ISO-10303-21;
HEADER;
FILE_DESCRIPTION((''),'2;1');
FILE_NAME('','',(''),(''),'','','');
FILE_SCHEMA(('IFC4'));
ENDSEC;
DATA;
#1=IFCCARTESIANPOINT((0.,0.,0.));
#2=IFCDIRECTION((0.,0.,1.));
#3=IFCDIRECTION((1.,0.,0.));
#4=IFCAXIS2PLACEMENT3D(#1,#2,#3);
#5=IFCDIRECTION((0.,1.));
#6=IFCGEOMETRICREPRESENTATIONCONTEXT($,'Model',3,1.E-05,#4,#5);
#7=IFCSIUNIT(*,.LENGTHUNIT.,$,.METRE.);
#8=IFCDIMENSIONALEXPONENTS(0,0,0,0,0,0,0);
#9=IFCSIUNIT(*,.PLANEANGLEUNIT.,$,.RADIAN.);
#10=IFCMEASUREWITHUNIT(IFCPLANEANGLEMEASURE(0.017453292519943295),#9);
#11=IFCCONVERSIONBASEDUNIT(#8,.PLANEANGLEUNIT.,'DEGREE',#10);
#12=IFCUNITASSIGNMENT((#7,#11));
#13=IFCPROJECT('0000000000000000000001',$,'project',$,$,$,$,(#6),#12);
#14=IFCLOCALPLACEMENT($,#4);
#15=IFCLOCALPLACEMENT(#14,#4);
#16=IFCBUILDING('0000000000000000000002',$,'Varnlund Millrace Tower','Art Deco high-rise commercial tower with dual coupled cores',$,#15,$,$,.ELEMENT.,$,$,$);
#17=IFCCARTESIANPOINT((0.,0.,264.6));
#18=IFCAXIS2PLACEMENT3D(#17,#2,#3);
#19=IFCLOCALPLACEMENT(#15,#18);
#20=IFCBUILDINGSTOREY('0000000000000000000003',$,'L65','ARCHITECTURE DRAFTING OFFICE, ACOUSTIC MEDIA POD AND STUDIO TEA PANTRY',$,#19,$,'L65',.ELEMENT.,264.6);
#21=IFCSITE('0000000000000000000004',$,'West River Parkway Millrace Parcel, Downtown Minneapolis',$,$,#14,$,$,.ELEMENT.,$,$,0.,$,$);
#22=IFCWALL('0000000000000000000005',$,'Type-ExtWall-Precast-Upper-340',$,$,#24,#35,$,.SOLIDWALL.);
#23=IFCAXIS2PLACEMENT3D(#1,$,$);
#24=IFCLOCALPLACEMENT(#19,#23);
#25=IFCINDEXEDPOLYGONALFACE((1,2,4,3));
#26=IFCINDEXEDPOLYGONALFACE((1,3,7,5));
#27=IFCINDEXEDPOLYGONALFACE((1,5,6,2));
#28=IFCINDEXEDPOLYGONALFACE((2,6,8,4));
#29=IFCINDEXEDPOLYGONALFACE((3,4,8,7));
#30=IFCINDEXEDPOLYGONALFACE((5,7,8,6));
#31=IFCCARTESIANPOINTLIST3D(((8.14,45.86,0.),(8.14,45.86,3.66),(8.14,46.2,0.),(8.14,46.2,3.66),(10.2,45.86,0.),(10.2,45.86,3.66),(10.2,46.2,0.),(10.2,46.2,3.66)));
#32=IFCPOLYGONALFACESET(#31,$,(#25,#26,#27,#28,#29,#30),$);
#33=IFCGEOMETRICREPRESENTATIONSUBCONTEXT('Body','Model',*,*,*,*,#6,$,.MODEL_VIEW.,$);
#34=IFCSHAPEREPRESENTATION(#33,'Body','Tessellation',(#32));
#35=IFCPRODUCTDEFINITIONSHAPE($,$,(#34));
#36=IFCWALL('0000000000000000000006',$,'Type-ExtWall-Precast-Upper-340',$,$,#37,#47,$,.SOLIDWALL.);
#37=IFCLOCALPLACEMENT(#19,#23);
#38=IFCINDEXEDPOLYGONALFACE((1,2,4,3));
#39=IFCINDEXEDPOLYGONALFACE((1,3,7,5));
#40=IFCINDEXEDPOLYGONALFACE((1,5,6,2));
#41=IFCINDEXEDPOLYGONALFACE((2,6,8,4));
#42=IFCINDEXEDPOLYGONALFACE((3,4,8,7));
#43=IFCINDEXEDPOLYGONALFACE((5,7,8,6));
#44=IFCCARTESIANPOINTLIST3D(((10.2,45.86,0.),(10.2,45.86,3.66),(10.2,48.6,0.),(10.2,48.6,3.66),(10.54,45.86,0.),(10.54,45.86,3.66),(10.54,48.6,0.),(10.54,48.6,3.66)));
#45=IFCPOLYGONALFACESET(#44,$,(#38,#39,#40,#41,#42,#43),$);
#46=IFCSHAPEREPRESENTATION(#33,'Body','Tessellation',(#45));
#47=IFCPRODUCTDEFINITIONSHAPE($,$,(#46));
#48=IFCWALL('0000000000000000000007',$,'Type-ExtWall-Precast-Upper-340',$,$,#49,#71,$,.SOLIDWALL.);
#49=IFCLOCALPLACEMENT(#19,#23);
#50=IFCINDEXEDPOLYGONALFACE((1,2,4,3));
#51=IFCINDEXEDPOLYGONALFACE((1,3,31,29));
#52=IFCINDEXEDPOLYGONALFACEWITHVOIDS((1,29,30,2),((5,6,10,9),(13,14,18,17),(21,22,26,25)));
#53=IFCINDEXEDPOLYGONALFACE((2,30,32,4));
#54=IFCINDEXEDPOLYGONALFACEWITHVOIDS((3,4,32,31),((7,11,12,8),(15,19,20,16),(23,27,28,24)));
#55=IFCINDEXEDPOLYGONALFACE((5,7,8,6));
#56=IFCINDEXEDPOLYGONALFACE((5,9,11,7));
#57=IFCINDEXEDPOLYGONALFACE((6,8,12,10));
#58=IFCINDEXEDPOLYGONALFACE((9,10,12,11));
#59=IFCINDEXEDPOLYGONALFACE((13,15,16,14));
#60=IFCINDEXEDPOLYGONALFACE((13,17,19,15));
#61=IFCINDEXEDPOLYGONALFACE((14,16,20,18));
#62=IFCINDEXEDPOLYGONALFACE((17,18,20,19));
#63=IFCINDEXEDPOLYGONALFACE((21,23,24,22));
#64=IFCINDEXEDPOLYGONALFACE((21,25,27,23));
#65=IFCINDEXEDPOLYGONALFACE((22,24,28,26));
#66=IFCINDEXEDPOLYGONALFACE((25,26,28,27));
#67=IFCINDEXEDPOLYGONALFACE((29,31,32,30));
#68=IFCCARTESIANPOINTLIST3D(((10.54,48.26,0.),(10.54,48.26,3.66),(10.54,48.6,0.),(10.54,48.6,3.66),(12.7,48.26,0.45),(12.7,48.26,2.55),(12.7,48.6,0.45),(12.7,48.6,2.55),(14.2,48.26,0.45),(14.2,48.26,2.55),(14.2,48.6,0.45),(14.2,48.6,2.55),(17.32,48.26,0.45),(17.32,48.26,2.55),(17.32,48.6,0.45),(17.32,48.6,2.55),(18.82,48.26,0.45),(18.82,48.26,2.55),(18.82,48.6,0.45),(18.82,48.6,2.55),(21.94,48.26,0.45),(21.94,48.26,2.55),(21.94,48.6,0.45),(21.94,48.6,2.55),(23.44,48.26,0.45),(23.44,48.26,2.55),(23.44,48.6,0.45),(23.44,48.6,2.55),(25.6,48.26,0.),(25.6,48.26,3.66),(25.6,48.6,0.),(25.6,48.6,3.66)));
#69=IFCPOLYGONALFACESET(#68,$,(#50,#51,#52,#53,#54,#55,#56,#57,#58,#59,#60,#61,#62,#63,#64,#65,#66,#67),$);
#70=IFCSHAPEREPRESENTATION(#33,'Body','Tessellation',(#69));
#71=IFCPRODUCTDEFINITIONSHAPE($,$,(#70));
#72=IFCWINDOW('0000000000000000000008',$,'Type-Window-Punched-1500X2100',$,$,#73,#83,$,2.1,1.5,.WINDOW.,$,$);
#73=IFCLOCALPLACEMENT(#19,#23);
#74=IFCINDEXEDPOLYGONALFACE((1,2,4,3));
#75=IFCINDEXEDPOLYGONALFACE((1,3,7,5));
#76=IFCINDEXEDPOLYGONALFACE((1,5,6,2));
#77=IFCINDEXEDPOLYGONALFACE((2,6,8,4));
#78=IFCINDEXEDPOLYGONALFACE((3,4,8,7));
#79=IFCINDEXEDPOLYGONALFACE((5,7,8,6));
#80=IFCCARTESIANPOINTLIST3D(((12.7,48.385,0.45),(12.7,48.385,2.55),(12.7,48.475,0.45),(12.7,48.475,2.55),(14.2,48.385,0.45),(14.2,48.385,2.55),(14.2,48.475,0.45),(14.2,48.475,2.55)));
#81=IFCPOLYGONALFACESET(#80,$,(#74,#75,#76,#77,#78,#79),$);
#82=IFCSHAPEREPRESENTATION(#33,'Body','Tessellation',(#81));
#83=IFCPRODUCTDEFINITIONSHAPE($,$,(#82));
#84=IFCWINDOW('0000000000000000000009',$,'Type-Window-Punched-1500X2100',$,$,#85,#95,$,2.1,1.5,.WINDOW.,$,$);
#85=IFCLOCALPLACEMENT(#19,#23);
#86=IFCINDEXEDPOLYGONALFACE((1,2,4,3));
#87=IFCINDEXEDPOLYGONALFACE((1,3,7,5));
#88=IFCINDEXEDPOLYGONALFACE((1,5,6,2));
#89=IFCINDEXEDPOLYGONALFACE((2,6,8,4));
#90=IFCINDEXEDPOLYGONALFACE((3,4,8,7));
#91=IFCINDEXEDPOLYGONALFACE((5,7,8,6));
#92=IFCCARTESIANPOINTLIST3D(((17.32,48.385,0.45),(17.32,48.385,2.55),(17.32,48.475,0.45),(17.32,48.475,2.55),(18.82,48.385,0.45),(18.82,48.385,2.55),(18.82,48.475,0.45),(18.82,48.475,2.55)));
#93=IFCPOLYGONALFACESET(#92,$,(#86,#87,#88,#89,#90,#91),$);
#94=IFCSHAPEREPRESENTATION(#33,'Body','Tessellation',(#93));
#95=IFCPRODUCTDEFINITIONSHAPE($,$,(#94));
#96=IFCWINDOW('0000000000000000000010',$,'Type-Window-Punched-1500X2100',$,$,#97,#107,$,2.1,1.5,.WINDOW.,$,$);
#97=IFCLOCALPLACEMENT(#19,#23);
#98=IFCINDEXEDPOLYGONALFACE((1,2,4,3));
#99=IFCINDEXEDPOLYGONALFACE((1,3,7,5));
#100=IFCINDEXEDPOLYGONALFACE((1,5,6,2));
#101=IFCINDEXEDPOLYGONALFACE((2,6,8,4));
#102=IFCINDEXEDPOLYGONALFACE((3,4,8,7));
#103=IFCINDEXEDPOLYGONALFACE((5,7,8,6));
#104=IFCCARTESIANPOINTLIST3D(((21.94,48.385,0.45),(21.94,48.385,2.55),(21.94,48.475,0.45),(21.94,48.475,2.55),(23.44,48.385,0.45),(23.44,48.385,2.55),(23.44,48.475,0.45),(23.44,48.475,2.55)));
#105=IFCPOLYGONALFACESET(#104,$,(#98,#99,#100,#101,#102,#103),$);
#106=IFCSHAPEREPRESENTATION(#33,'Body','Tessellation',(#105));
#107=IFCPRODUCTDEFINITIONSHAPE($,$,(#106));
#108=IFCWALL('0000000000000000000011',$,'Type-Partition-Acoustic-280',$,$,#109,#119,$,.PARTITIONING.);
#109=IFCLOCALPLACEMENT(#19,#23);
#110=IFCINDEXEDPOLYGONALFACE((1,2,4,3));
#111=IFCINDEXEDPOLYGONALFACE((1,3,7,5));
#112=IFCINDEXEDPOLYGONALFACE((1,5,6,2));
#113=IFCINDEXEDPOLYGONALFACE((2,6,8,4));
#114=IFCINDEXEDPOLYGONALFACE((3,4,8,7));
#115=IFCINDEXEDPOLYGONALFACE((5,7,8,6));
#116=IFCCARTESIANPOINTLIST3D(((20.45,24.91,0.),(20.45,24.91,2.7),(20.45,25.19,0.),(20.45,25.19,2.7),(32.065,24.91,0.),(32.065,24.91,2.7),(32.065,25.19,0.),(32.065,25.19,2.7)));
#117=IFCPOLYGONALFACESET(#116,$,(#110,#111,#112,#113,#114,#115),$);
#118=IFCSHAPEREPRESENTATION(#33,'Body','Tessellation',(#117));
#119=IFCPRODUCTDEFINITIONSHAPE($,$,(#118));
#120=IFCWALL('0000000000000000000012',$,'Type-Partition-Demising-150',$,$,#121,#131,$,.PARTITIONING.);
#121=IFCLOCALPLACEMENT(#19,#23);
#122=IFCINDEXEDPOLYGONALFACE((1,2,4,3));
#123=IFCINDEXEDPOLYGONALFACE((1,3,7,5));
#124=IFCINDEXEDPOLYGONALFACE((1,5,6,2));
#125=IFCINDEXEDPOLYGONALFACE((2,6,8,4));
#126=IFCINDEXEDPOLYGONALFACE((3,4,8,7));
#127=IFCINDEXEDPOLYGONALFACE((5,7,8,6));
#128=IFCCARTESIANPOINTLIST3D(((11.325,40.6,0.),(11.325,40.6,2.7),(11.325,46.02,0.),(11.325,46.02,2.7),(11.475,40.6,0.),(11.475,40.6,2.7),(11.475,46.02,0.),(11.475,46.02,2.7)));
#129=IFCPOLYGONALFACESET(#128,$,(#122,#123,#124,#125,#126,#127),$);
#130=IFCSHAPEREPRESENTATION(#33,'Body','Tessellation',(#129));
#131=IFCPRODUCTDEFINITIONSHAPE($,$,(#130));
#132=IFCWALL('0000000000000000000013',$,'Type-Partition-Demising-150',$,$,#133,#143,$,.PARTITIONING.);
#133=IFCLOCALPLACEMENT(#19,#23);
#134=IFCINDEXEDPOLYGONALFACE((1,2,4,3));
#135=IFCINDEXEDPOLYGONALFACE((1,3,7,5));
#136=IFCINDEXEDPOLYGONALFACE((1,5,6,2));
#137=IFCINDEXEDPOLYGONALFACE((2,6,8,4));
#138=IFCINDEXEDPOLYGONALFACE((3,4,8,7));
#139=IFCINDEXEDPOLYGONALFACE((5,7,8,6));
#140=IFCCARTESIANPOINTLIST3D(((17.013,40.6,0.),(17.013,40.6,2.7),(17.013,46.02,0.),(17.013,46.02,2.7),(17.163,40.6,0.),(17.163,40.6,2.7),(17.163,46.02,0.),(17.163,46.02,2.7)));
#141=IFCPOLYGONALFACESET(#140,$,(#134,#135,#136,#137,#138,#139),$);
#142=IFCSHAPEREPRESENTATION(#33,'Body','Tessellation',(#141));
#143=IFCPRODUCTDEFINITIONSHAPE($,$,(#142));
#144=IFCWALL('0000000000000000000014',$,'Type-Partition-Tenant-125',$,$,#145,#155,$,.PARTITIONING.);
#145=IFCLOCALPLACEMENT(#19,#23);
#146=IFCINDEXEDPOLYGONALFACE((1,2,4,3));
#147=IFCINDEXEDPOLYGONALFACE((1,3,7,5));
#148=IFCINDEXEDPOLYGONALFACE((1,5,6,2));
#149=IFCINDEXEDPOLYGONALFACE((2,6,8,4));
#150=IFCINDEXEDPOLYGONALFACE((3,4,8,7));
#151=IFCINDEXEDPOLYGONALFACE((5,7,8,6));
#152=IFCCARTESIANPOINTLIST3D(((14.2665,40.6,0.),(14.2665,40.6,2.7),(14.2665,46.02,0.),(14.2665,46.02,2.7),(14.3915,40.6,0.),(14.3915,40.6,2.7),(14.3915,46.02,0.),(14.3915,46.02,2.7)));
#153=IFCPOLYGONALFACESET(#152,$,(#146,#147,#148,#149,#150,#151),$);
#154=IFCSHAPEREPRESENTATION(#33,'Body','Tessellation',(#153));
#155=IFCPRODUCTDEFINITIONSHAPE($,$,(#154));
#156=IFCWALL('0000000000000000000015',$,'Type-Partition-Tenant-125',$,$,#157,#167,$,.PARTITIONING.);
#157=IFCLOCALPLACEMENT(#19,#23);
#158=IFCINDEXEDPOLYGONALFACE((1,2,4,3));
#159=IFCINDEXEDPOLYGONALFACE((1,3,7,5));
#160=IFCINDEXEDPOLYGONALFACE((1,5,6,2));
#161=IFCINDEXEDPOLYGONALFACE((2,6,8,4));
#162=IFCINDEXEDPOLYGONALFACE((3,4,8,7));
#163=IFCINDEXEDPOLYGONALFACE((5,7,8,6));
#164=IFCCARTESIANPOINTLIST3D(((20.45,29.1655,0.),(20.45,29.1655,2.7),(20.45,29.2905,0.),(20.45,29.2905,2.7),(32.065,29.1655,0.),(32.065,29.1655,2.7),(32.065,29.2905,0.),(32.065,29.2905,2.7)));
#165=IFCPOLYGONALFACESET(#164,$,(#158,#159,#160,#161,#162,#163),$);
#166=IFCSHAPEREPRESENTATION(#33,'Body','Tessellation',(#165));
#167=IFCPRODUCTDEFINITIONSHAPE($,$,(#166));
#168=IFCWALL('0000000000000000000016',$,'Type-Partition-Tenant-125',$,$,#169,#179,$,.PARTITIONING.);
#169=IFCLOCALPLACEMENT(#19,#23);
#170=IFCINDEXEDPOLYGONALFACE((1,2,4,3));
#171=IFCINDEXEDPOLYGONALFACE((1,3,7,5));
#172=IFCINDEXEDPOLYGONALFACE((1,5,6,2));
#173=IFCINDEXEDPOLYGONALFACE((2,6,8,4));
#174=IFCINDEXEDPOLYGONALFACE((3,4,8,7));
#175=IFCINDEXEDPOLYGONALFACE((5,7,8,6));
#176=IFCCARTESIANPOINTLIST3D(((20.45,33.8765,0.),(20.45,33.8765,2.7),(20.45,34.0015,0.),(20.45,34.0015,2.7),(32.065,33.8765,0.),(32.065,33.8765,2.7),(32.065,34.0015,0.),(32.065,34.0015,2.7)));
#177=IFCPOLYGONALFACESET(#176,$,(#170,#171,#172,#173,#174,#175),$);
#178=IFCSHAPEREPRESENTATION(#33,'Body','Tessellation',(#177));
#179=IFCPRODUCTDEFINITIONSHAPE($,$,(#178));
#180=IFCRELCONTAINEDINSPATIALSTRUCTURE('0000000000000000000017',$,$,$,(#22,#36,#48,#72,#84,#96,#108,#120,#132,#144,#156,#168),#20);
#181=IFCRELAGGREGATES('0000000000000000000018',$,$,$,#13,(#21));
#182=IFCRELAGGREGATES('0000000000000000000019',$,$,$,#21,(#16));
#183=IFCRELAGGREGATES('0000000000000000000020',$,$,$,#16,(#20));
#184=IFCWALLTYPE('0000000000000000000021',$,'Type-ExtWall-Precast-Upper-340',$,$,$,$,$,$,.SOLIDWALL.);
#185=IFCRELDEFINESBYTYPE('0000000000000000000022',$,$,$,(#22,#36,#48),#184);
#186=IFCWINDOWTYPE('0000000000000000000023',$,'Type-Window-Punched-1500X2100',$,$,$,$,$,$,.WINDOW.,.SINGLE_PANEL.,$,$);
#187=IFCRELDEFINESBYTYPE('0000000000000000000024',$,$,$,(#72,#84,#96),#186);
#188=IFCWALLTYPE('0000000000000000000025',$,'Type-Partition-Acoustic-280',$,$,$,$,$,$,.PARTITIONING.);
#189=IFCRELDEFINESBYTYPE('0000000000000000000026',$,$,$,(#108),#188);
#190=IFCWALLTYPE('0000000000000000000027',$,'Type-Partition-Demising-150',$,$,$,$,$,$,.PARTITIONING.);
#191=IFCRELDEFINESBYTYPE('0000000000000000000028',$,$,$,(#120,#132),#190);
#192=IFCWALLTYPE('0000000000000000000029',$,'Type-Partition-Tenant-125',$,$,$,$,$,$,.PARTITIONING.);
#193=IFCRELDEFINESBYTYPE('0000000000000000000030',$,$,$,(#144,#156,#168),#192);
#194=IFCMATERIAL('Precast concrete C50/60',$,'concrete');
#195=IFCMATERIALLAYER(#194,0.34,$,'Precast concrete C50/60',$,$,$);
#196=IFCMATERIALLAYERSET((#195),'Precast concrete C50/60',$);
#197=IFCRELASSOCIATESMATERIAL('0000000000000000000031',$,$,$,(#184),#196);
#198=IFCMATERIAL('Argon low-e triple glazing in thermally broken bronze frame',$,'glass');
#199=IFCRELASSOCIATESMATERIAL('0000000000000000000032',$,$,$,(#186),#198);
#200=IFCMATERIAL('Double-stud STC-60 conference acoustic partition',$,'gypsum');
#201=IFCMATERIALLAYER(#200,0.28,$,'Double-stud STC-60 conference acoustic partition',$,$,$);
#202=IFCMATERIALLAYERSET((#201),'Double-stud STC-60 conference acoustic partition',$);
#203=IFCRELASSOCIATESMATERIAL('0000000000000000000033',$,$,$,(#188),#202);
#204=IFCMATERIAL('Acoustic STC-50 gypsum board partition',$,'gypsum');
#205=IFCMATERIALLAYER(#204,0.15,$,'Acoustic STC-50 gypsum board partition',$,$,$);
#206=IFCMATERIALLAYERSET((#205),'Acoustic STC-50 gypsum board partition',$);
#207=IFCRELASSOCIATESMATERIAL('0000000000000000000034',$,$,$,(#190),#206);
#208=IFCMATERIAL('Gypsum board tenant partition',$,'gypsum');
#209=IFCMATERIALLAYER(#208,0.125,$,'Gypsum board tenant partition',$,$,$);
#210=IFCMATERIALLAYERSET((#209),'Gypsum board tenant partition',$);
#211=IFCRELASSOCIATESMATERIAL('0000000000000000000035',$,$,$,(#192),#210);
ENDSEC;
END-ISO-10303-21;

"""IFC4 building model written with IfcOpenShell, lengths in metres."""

from ifc_helpers import new_model, entity, si_unit, converted_unit, direction, frame, origin_with_axes, origin_2d_with_axis, place, context, subcontext, project, spatial, polyline, rectangle, outline, extrude, material, layer, layer_set, type_object, element, fill, save


model = new_model("IFC4")

# Units and contexts
model_context = context("Model", 3, precision=1e-05, world=origin_with_axes(), true_north=direction((0.0, 1.0)))
body_context = subcontext(model_context, "Body", "Model", "MODEL_VIEW")
ifc_project = project(units=[si_unit("LENGTHUNIT", "METRE"), converted_unit("PLANEANGLEUNIT", "DEGREE", entity("IfcPlaneAngleMeasure", 0.017453292519943295), si_unit("PLANEANGLEUNIT", "RADIAN"), dimensions=[0, 0, 0, 0, 0, 0, 0])], contexts=[model_context])

# Site, building, storey
site_placement = place(None, origin_with_axes())
site = spatial("IfcSite", under=ifc_project, at=site_placement, Name="West River Parkway Millrace Parcel, Downtown Minneapolis", CompositionType="ELEMENT", RefElevation=0.0)
building_placement = place(site_placement, origin_with_axes())
building = spatial("IfcBuilding", under=site, at=building_placement, Name="Varnlund Millrace Tower", Description="Art Deco high-rise commercial tower with dual coupled cores", CompositionType="ELEMENT")
storey_placement = place(building_placement, frame((0.0, 0.0, 264.6), z_axis=(0.0, 0.0, 1.0), x_axis=(1.0, 0.0, 0.0)))
storey = spatial("IfcBuildingStorey", under=building, at=storey_placement, Name="L65", Description="ARCHITECTURE DRAFTING OFFICE, ACOUSTIC MEDIA POD AND STUDIO TEA PANTRY", LongName="L65", CompositionType="ELEMENT", Elevation=264.6)

# Walls
ifc_material_1 = material(Name="Precast concrete C50/60", Category="concrete")
ifc_layer_1 = layer(ifc_material_1, 0.34, Name="Precast concrete C50/60")
ifc_layer_set_1 = layer_set([ifc_layer_1], Name="Precast concrete C50/60")
wall_type_1 = type_object("IfcWallType", Name="Type-ExtWall-Precast-Upper-340", PredefinedType="SOLIDWALL", material=ifc_layer_set_1)
wall_1_placement = place(storey_placement, frame((8.14, 46.03, 0.0), z_axis=(0.0, 0.0, 1.0), x_axis=(1.0, 0.0, 0.0)))
element("IfcWall", 1, at=wall_1_placement, inside=storey, type_object=wall_type_1, Name="Type-ExtWall-Precast-Upper-340", PredefinedType="SOLIDWALL", context=body_context, shape_type="SweptSolid", body=[
    extrude(outline(polyline([(0.0, -0.17), (2.06, -0.17), (2.06, 0.17), (0.0, 0.17), (0.0, -0.17)])), origin_with_axes(), (0.0, 0.0, 1.0), 3.66),
])
wall_2_placement = place(storey_placement, frame((10.37, 45.86, 0.0), z_axis=(0.0, 0.0, 1.0), x_axis=(0.0, 1.0, 0.0)))
element("IfcWall", 2, at=wall_2_placement, inside=storey, type_object=wall_type_1, Name="Type-ExtWall-Precast-Upper-340", PredefinedType="SOLIDWALL", context=body_context, shape_type="SweptSolid", body=[
    extrude(outline(polyline([(0.0, -0.17), (2.74, -0.17), (2.74, 0.17), (0.0, 0.17), (0.0, -0.17)])), origin_with_axes(), (0.0, 0.0, 1.0), 3.66),
])

# Wall, openings, windows
wall_3_placement = place(storey_placement, frame((10.54, 48.43, 0.0), z_axis=(0.0, 0.0, 1.0), x_axis=(1.0, 0.0, 0.0)))
wall_3 = element("IfcWall", 3, at=wall_3_placement, inside=storey, type_object=wall_type_1, Name="Type-ExtWall-Precast-Upper-340", PredefinedType="SOLIDWALL", context=body_context, shape_type="SweptSolid", body=[
    extrude(outline(polyline([(0.0, -0.17), (15.06, -0.17), (15.06, 0.17), (0.0, 0.17), (0.0, -0.17)])), origin_with_axes(), (0.0, 0.0, 1.0), 3.66),
])
opening_1_placement = place(wall_3_placement, frame((2.91, 0.0, 0.45), z_axis=(0.0, 0.0, 1.0), x_axis=(1.0, 0.0, 0.0)))
opening_1 = element("IfcOpeningElement", 4, at=opening_1_placement, cuts=wall_3, PredefinedType="OPENING", context=body_context, shape_type="SweptSolid", body=[
    extrude(rectangle(XDim=1.5, YDim=0.36, at=origin_2d_with_axis()), origin_with_axes(), (0.0, 0.0, 1.0), 2.1),
])
opening_2_placement = place(wall_3_placement, frame((7.53, 0.0, 0.45), z_axis=(0.0, 0.0, 1.0), x_axis=(1.0, 0.0, 0.0)))
opening_2 = element("IfcOpeningElement", 5, at=opening_2_placement, cuts=wall_3, PredefinedType="OPENING", context=body_context, shape_type="SweptSolid", body=[
    extrude(rectangle(XDim=1.5, YDim=0.36, at=origin_2d_with_axis()), origin_with_axes(), (0.0, 0.0, 1.0), 2.1),
])
opening_3_placement = place(wall_3_placement, frame((12.15, 0.0, 0.45), z_axis=(0.0, 0.0, 1.0), x_axis=(1.0, 0.0, 0.0)))
opening_3 = element("IfcOpeningElement", 6, at=opening_3_placement, cuts=wall_3, PredefinedType="OPENING", context=body_context, shape_type="SweptSolid", body=[
    extrude(rectangle(XDim=1.5, YDim=0.36, at=origin_2d_with_axis()), origin_with_axes(), (0.0, 0.0, 1.0), 2.1),
])
ifc_material_2 = material(Name="Argon low-e triple glazing in thermally broken bronze frame", Category="glass")
window_type = type_object("IfcWindowType", Name="Type-Window-Punched-1500X2100", PartitioningType="SINGLE_PANEL", PredefinedType="WINDOW", material=ifc_material_2)
window_1_placement = place(wall_3_placement, frame((2.91, 0.0, 0.45), z_axis=(0.0, 0.0, 1.0), x_axis=(1.0, 0.0, 0.0)))
window_1 = element("IfcWindow", 7, at=window_1_placement, inside=storey, type_object=window_type, Name="Type-Window-Punched-1500X2100", OverallHeight=2.1, OverallWidth=1.5, PredefinedType="WINDOW", context=body_context, shape_type="SweptSolid", body=[
    extrude(rectangle(XDim=1.5, YDim=0.09, at=origin_2d_with_axis()), origin_with_axes(), (0.0, 0.0, 1.0), 2.1),
])
fill(opening_1, window_1)
window_2_placement = place(wall_3_placement, frame((7.53, 0.0, 0.45), z_axis=(0.0, 0.0, 1.0), x_axis=(1.0, 0.0, 0.0)))
window_2 = element("IfcWindow", 8, at=window_2_placement, inside=storey, type_object=window_type, Name="Type-Window-Punched-1500X2100", OverallHeight=2.1, OverallWidth=1.5, PredefinedType="WINDOW", context=body_context, shape_type="SweptSolid", body=[
    extrude(rectangle(XDim=1.5, YDim=0.09, at=origin_2d_with_axis()), origin_with_axes(), (0.0, 0.0, 1.0), 2.1),
])
fill(opening_2, window_2)
window_3_placement = place(wall_3_placement, frame((12.15, 0.0, 0.45), z_axis=(0.0, 0.0, 1.0), x_axis=(1.0, 0.0, 0.0)))
window_3 = element("IfcWindow", 9, at=window_3_placement, inside=storey, type_object=window_type, Name="Type-Window-Punched-1500X2100", OverallHeight=2.1, OverallWidth=1.5, PredefinedType="WINDOW", context=body_context, shape_type="SweptSolid", body=[
    extrude(rectangle(XDim=1.5, YDim=0.09, at=origin_2d_with_axis()), origin_with_axes(), (0.0, 0.0, 1.0), 2.1),
])
fill(opening_3, window_3)

# Walls
ifc_material_3 = material(Name="Double-stud STC-60 conference acoustic partition", Category="gypsum")
ifc_layer_2 = layer(ifc_material_3, 0.28, Name="Double-stud STC-60 conference acoustic partition")
ifc_layer_set_2 = layer_set([ifc_layer_2], Name="Double-stud STC-60 conference acoustic partition")
wall_type_2 = type_object("IfcWallType", Name="Type-Partition-Acoustic-280", PredefinedType="PARTITIONING", material=ifc_layer_set_2)
wall_4_placement = place(storey_placement, frame((20.45, 25.05, 0.0), z_axis=(0.0, 0.0, 1.0), x_axis=(1.0, 0.0, 0.0)))
element("IfcWall", 10, at=wall_4_placement, inside=storey, type_object=wall_type_2, Name="Type-Partition-Acoustic-280", PredefinedType="PARTITIONING", context=body_context, shape_type="SweptSolid", body=[
    extrude(outline(polyline([(0.0, -0.14), (11.615, -0.14), (11.615, 0.14), (0.0, 0.14), (0.0, -0.14)])), origin_with_axes(), (0.0, 0.0, 1.0), 2.7),
])
ifc_material_4 = material(Name="Acoustic STC-50 gypsum board partition", Category="gypsum")
ifc_layer_3 = layer(ifc_material_4, 0.15, Name="Acoustic STC-50 gypsum board partition")
ifc_layer_set_3 = layer_set([ifc_layer_3], Name="Acoustic STC-50 gypsum board partition")
wall_type_3 = type_object("IfcWallType", Name="Type-Partition-Demising-150", PredefinedType="PARTITIONING", material=ifc_layer_set_3)
for number, where, z_axis, x_axis, name in (
    (11, (11.4, 40.6, 0.0), (0.0, 0.0, 1.0), (0.0, 1.0, 0.0), "Type-Partition-Demising-150"),
    (12, (17.088, 40.6, 0.0), (0.0, 0.0, 1.0), (0.0, 1.0, 0.0), "Type-Partition-Demising-150"),
):
    element("IfcWall", number, at=place(storey_placement, frame(where, z_axis=z_axis, x_axis=x_axis)), inside=storey, type_object=wall_type_3, Name=name, PredefinedType="PARTITIONING", context=body_context, shape_type="SweptSolid", body=[
        extrude(outline(polyline([(0.0, -0.075), (5.42, -0.075), (5.42, 0.075), (0.0, 0.075), (0.0, -0.075)])), origin_with_axes(), (0.0, 0.0, 1.0), 2.7),
    ])
ifc_material_5 = material(Name="Gypsum board tenant partition", Category="gypsum")
ifc_layer_4 = layer(ifc_material_5, 0.125, Name="Gypsum board tenant partition")
ifc_layer_set_4 = layer_set([ifc_layer_4], Name="Gypsum board tenant partition")
wall_type_4 = type_object("IfcWallType", Name="Type-Partition-Tenant-125", PredefinedType="PARTITIONING", material=ifc_layer_set_4)
wall_5_placement = place(storey_placement, frame((14.329, 40.6, 0.0), z_axis=(0.0, 0.0, 1.0), x_axis=(0.0, 1.0, 0.0)))
element("IfcWall", 13, at=wall_5_placement, inside=storey, type_object=wall_type_4, Name="Type-Partition-Tenant-125", PredefinedType="PARTITIONING", context=body_context, shape_type="SweptSolid", body=[
    extrude(outline(polyline([(0.0, -0.0625), (5.42, -0.0625), (5.42, 0.0625), (0.0, 0.0625), (0.0, -0.0625)])), origin_with_axes(), (0.0, 0.0, 1.0), 2.7),
])
for number, where, z_axis, x_axis, name in (
    (14, (20.45, 29.228, 0.0), (0.0, 0.0, 1.0), (1.0, 0.0, 0.0), "Type-Partition-Tenant-125"),
    (15, (20.45, 33.939, 0.0), (0.0, 0.0, 1.0), (1.0, 0.0, 0.0), "Type-Partition-Tenant-125"),
):
    element("IfcWall", number, at=place(storey_placement, frame(where, z_axis=z_axis, x_axis=x_axis)), inside=storey, type_object=wall_type_4, Name=name, PredefinedType="PARTITIONING", context=body_context, shape_type="SweptSolid", body=[
        extrude(outline(polyline([(0.0, -0.0625), (11.615, -0.0625), (11.615, 0.0625), (0.0, 0.0625), (0.0, -0.0625)])), origin_with_axes(), (0.0, 0.0, 1.0), 2.7),
    ])

save(model, "model.ifc")
